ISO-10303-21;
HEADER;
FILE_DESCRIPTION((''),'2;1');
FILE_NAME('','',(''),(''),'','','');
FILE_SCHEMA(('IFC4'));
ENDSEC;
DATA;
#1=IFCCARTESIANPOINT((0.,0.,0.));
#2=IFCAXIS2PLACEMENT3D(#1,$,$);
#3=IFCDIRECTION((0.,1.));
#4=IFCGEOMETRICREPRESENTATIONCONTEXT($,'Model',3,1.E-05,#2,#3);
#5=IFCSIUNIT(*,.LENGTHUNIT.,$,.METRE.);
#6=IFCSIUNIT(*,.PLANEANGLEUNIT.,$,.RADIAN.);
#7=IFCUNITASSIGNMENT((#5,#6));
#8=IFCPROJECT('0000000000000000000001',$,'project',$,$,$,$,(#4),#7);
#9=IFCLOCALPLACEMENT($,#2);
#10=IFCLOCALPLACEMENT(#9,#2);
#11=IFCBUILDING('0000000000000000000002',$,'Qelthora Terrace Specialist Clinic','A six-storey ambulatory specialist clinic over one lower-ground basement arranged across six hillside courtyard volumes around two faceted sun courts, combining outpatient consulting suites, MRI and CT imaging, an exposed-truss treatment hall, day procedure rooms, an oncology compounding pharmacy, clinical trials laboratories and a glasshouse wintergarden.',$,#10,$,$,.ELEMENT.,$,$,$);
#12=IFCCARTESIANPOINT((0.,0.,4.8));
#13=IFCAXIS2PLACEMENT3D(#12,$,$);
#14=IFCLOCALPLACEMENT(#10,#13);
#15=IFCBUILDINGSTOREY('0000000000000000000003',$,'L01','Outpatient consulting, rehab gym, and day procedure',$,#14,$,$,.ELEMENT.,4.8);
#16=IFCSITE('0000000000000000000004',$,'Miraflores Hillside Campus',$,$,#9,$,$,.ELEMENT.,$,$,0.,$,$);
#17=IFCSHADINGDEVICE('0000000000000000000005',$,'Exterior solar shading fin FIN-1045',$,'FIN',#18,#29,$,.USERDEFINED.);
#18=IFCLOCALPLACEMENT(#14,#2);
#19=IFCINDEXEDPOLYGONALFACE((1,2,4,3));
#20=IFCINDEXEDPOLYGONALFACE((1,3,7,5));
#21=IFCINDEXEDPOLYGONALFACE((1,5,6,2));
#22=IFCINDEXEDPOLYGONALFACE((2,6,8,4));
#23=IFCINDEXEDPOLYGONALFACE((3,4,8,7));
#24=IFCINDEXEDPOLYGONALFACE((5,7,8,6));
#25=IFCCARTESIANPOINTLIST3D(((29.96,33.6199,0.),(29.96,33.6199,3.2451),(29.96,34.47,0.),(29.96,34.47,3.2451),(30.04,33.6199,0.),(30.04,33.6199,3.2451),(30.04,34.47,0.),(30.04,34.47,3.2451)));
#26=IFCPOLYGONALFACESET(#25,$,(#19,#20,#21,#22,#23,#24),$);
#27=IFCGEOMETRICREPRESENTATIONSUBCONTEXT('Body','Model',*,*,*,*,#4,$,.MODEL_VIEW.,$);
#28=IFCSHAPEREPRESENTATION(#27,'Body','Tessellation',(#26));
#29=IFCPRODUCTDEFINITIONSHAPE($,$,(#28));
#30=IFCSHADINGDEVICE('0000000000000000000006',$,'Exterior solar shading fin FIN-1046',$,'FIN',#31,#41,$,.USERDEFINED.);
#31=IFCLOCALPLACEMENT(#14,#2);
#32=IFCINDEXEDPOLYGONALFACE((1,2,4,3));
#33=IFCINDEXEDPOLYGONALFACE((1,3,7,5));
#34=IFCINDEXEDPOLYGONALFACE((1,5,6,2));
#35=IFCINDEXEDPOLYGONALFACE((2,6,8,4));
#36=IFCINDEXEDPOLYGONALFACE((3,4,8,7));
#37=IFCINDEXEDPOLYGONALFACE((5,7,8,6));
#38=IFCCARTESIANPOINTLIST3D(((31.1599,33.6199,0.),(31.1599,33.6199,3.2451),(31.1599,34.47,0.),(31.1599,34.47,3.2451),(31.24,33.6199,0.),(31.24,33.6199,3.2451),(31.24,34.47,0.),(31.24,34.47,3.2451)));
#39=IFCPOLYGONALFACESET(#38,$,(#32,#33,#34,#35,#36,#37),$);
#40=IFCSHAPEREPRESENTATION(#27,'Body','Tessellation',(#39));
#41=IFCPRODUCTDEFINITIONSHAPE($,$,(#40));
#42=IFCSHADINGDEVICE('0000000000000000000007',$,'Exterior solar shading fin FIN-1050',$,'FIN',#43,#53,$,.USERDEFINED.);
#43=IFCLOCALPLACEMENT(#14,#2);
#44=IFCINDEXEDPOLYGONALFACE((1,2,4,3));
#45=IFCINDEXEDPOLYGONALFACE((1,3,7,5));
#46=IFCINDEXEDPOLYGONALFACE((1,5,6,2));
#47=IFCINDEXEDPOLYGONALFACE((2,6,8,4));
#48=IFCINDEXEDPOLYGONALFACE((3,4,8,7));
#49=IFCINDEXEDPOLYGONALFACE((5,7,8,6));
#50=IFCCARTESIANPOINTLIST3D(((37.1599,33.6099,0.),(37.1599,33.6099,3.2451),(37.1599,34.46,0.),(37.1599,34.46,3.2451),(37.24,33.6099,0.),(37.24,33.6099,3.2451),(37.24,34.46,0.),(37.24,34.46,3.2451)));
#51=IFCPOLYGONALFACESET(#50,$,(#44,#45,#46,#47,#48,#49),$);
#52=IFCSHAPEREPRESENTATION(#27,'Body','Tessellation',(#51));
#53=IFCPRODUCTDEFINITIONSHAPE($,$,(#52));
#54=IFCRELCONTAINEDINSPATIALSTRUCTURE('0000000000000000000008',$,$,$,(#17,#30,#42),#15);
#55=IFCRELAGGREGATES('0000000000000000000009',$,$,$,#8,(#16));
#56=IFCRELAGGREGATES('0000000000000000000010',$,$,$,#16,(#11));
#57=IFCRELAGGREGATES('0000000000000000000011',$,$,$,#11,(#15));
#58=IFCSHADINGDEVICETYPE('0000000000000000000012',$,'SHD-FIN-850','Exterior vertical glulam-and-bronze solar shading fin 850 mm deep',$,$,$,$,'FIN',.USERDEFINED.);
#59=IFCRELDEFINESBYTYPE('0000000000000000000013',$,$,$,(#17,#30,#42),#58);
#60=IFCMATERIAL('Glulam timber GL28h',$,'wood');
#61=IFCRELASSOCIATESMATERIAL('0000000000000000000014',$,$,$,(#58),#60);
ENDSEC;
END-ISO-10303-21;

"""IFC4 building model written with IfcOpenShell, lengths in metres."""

from ifc_helpers import new_model, si_unit, direction, frame, origin, origin_2d, place, context, subcontext, project, spatial, rectangle, extrude, material, type_object, element, save


model = new_model("IFC4")

# Units and contexts
model_context = context("Model", 3, precision=1e-05, world=origin(), true_north=direction((0.0, 1.0)))
body_context = subcontext(model_context, "Body", "Model", "MODEL_VIEW")
ifc_project = project(units=[si_unit("LENGTHUNIT", "METRE"), si_unit("PLANEANGLEUNIT", "RADIAN")], contexts=[model_context])

# Site, building, storey
site_placement = place(None, origin())
site = spatial("IfcSite", under=ifc_project, at=site_placement, Name="Miraflores Hillside Campus", CompositionType="ELEMENT", RefElevation=0.0)
building_placement = place(site_placement, origin())
building = spatial("IfcBuilding", under=site, at=building_placement, Name="Qelthora Terrace Specialist Clinic", Description="A six-storey ambulatory specialist clinic over one lower-ground basement arranged across six hillside courtyard volumes around two faceted sun courts, combining outpatient consulting suites, MRI and CT imaging, an exposed-truss treatment hall, day procedure rooms, an oncology compounding pharmacy, clinical trials laboratories and a glasshouse wintergarden.", CompositionType="ELEMENT")
storey_placement = place(building_placement, frame((0.0, 0.0, 4.8)))
storey = spatial("IfcBuildingStorey", under=building, at=storey_placement, Name="L01", Description="Outpatient consulting, rehab gym, and day procedure", CompositionType="ELEMENT", Elevation=4.8)

# Shared definitions
ifc_material_1 = material(Name="Glulam timber GL28h", Category="wood")

# Shading devices
shading_device_type = type_object("IfcShadingDeviceType", Name="SHD-FIN-850", Description="Exterior vertical glulam-and-bronze solar shading fin 850 mm deep", ElementType="FIN", PredefinedType="USERDEFINED", material=ifc_material_1)
for number, where, z_axis, x_axis, name in (
    (1, (30.0, 34.0449, 0.0), (0.0, 0.0, 1.0), (0.0, 1.0, 0.0), "Exterior solar shading fin FIN-1045"),
    (2, (31.2, 34.0449, 0.0), (0.0, 0.0, 1.0), (0.0, 1.0, 0.0), "Exterior solar shading fin FIN-1046"),
    (3, (37.2, 34.0349, 0.0), (0.0, 0.0, 1.0), (0.0, 1.0, 0.0), "Exterior solar shading fin FIN-1050"),
):
    element("IfcShadingDevice", number, at=place(storey_placement, frame(where, z_axis=z_axis, x_axis=x_axis)), inside=storey, type_object=shading_device_type, Name=name, ObjectType="FIN", PredefinedType="USERDEFINED", context=body_context, shape_type="SweptSolid", body=[
        extrude(rectangle(XDim=0.8501, YDim=0.0801, at=origin_2d()), origin(), (0.0, 0.0, 1.0), 3.2451),
    ])

save(model, "model.ifc")
